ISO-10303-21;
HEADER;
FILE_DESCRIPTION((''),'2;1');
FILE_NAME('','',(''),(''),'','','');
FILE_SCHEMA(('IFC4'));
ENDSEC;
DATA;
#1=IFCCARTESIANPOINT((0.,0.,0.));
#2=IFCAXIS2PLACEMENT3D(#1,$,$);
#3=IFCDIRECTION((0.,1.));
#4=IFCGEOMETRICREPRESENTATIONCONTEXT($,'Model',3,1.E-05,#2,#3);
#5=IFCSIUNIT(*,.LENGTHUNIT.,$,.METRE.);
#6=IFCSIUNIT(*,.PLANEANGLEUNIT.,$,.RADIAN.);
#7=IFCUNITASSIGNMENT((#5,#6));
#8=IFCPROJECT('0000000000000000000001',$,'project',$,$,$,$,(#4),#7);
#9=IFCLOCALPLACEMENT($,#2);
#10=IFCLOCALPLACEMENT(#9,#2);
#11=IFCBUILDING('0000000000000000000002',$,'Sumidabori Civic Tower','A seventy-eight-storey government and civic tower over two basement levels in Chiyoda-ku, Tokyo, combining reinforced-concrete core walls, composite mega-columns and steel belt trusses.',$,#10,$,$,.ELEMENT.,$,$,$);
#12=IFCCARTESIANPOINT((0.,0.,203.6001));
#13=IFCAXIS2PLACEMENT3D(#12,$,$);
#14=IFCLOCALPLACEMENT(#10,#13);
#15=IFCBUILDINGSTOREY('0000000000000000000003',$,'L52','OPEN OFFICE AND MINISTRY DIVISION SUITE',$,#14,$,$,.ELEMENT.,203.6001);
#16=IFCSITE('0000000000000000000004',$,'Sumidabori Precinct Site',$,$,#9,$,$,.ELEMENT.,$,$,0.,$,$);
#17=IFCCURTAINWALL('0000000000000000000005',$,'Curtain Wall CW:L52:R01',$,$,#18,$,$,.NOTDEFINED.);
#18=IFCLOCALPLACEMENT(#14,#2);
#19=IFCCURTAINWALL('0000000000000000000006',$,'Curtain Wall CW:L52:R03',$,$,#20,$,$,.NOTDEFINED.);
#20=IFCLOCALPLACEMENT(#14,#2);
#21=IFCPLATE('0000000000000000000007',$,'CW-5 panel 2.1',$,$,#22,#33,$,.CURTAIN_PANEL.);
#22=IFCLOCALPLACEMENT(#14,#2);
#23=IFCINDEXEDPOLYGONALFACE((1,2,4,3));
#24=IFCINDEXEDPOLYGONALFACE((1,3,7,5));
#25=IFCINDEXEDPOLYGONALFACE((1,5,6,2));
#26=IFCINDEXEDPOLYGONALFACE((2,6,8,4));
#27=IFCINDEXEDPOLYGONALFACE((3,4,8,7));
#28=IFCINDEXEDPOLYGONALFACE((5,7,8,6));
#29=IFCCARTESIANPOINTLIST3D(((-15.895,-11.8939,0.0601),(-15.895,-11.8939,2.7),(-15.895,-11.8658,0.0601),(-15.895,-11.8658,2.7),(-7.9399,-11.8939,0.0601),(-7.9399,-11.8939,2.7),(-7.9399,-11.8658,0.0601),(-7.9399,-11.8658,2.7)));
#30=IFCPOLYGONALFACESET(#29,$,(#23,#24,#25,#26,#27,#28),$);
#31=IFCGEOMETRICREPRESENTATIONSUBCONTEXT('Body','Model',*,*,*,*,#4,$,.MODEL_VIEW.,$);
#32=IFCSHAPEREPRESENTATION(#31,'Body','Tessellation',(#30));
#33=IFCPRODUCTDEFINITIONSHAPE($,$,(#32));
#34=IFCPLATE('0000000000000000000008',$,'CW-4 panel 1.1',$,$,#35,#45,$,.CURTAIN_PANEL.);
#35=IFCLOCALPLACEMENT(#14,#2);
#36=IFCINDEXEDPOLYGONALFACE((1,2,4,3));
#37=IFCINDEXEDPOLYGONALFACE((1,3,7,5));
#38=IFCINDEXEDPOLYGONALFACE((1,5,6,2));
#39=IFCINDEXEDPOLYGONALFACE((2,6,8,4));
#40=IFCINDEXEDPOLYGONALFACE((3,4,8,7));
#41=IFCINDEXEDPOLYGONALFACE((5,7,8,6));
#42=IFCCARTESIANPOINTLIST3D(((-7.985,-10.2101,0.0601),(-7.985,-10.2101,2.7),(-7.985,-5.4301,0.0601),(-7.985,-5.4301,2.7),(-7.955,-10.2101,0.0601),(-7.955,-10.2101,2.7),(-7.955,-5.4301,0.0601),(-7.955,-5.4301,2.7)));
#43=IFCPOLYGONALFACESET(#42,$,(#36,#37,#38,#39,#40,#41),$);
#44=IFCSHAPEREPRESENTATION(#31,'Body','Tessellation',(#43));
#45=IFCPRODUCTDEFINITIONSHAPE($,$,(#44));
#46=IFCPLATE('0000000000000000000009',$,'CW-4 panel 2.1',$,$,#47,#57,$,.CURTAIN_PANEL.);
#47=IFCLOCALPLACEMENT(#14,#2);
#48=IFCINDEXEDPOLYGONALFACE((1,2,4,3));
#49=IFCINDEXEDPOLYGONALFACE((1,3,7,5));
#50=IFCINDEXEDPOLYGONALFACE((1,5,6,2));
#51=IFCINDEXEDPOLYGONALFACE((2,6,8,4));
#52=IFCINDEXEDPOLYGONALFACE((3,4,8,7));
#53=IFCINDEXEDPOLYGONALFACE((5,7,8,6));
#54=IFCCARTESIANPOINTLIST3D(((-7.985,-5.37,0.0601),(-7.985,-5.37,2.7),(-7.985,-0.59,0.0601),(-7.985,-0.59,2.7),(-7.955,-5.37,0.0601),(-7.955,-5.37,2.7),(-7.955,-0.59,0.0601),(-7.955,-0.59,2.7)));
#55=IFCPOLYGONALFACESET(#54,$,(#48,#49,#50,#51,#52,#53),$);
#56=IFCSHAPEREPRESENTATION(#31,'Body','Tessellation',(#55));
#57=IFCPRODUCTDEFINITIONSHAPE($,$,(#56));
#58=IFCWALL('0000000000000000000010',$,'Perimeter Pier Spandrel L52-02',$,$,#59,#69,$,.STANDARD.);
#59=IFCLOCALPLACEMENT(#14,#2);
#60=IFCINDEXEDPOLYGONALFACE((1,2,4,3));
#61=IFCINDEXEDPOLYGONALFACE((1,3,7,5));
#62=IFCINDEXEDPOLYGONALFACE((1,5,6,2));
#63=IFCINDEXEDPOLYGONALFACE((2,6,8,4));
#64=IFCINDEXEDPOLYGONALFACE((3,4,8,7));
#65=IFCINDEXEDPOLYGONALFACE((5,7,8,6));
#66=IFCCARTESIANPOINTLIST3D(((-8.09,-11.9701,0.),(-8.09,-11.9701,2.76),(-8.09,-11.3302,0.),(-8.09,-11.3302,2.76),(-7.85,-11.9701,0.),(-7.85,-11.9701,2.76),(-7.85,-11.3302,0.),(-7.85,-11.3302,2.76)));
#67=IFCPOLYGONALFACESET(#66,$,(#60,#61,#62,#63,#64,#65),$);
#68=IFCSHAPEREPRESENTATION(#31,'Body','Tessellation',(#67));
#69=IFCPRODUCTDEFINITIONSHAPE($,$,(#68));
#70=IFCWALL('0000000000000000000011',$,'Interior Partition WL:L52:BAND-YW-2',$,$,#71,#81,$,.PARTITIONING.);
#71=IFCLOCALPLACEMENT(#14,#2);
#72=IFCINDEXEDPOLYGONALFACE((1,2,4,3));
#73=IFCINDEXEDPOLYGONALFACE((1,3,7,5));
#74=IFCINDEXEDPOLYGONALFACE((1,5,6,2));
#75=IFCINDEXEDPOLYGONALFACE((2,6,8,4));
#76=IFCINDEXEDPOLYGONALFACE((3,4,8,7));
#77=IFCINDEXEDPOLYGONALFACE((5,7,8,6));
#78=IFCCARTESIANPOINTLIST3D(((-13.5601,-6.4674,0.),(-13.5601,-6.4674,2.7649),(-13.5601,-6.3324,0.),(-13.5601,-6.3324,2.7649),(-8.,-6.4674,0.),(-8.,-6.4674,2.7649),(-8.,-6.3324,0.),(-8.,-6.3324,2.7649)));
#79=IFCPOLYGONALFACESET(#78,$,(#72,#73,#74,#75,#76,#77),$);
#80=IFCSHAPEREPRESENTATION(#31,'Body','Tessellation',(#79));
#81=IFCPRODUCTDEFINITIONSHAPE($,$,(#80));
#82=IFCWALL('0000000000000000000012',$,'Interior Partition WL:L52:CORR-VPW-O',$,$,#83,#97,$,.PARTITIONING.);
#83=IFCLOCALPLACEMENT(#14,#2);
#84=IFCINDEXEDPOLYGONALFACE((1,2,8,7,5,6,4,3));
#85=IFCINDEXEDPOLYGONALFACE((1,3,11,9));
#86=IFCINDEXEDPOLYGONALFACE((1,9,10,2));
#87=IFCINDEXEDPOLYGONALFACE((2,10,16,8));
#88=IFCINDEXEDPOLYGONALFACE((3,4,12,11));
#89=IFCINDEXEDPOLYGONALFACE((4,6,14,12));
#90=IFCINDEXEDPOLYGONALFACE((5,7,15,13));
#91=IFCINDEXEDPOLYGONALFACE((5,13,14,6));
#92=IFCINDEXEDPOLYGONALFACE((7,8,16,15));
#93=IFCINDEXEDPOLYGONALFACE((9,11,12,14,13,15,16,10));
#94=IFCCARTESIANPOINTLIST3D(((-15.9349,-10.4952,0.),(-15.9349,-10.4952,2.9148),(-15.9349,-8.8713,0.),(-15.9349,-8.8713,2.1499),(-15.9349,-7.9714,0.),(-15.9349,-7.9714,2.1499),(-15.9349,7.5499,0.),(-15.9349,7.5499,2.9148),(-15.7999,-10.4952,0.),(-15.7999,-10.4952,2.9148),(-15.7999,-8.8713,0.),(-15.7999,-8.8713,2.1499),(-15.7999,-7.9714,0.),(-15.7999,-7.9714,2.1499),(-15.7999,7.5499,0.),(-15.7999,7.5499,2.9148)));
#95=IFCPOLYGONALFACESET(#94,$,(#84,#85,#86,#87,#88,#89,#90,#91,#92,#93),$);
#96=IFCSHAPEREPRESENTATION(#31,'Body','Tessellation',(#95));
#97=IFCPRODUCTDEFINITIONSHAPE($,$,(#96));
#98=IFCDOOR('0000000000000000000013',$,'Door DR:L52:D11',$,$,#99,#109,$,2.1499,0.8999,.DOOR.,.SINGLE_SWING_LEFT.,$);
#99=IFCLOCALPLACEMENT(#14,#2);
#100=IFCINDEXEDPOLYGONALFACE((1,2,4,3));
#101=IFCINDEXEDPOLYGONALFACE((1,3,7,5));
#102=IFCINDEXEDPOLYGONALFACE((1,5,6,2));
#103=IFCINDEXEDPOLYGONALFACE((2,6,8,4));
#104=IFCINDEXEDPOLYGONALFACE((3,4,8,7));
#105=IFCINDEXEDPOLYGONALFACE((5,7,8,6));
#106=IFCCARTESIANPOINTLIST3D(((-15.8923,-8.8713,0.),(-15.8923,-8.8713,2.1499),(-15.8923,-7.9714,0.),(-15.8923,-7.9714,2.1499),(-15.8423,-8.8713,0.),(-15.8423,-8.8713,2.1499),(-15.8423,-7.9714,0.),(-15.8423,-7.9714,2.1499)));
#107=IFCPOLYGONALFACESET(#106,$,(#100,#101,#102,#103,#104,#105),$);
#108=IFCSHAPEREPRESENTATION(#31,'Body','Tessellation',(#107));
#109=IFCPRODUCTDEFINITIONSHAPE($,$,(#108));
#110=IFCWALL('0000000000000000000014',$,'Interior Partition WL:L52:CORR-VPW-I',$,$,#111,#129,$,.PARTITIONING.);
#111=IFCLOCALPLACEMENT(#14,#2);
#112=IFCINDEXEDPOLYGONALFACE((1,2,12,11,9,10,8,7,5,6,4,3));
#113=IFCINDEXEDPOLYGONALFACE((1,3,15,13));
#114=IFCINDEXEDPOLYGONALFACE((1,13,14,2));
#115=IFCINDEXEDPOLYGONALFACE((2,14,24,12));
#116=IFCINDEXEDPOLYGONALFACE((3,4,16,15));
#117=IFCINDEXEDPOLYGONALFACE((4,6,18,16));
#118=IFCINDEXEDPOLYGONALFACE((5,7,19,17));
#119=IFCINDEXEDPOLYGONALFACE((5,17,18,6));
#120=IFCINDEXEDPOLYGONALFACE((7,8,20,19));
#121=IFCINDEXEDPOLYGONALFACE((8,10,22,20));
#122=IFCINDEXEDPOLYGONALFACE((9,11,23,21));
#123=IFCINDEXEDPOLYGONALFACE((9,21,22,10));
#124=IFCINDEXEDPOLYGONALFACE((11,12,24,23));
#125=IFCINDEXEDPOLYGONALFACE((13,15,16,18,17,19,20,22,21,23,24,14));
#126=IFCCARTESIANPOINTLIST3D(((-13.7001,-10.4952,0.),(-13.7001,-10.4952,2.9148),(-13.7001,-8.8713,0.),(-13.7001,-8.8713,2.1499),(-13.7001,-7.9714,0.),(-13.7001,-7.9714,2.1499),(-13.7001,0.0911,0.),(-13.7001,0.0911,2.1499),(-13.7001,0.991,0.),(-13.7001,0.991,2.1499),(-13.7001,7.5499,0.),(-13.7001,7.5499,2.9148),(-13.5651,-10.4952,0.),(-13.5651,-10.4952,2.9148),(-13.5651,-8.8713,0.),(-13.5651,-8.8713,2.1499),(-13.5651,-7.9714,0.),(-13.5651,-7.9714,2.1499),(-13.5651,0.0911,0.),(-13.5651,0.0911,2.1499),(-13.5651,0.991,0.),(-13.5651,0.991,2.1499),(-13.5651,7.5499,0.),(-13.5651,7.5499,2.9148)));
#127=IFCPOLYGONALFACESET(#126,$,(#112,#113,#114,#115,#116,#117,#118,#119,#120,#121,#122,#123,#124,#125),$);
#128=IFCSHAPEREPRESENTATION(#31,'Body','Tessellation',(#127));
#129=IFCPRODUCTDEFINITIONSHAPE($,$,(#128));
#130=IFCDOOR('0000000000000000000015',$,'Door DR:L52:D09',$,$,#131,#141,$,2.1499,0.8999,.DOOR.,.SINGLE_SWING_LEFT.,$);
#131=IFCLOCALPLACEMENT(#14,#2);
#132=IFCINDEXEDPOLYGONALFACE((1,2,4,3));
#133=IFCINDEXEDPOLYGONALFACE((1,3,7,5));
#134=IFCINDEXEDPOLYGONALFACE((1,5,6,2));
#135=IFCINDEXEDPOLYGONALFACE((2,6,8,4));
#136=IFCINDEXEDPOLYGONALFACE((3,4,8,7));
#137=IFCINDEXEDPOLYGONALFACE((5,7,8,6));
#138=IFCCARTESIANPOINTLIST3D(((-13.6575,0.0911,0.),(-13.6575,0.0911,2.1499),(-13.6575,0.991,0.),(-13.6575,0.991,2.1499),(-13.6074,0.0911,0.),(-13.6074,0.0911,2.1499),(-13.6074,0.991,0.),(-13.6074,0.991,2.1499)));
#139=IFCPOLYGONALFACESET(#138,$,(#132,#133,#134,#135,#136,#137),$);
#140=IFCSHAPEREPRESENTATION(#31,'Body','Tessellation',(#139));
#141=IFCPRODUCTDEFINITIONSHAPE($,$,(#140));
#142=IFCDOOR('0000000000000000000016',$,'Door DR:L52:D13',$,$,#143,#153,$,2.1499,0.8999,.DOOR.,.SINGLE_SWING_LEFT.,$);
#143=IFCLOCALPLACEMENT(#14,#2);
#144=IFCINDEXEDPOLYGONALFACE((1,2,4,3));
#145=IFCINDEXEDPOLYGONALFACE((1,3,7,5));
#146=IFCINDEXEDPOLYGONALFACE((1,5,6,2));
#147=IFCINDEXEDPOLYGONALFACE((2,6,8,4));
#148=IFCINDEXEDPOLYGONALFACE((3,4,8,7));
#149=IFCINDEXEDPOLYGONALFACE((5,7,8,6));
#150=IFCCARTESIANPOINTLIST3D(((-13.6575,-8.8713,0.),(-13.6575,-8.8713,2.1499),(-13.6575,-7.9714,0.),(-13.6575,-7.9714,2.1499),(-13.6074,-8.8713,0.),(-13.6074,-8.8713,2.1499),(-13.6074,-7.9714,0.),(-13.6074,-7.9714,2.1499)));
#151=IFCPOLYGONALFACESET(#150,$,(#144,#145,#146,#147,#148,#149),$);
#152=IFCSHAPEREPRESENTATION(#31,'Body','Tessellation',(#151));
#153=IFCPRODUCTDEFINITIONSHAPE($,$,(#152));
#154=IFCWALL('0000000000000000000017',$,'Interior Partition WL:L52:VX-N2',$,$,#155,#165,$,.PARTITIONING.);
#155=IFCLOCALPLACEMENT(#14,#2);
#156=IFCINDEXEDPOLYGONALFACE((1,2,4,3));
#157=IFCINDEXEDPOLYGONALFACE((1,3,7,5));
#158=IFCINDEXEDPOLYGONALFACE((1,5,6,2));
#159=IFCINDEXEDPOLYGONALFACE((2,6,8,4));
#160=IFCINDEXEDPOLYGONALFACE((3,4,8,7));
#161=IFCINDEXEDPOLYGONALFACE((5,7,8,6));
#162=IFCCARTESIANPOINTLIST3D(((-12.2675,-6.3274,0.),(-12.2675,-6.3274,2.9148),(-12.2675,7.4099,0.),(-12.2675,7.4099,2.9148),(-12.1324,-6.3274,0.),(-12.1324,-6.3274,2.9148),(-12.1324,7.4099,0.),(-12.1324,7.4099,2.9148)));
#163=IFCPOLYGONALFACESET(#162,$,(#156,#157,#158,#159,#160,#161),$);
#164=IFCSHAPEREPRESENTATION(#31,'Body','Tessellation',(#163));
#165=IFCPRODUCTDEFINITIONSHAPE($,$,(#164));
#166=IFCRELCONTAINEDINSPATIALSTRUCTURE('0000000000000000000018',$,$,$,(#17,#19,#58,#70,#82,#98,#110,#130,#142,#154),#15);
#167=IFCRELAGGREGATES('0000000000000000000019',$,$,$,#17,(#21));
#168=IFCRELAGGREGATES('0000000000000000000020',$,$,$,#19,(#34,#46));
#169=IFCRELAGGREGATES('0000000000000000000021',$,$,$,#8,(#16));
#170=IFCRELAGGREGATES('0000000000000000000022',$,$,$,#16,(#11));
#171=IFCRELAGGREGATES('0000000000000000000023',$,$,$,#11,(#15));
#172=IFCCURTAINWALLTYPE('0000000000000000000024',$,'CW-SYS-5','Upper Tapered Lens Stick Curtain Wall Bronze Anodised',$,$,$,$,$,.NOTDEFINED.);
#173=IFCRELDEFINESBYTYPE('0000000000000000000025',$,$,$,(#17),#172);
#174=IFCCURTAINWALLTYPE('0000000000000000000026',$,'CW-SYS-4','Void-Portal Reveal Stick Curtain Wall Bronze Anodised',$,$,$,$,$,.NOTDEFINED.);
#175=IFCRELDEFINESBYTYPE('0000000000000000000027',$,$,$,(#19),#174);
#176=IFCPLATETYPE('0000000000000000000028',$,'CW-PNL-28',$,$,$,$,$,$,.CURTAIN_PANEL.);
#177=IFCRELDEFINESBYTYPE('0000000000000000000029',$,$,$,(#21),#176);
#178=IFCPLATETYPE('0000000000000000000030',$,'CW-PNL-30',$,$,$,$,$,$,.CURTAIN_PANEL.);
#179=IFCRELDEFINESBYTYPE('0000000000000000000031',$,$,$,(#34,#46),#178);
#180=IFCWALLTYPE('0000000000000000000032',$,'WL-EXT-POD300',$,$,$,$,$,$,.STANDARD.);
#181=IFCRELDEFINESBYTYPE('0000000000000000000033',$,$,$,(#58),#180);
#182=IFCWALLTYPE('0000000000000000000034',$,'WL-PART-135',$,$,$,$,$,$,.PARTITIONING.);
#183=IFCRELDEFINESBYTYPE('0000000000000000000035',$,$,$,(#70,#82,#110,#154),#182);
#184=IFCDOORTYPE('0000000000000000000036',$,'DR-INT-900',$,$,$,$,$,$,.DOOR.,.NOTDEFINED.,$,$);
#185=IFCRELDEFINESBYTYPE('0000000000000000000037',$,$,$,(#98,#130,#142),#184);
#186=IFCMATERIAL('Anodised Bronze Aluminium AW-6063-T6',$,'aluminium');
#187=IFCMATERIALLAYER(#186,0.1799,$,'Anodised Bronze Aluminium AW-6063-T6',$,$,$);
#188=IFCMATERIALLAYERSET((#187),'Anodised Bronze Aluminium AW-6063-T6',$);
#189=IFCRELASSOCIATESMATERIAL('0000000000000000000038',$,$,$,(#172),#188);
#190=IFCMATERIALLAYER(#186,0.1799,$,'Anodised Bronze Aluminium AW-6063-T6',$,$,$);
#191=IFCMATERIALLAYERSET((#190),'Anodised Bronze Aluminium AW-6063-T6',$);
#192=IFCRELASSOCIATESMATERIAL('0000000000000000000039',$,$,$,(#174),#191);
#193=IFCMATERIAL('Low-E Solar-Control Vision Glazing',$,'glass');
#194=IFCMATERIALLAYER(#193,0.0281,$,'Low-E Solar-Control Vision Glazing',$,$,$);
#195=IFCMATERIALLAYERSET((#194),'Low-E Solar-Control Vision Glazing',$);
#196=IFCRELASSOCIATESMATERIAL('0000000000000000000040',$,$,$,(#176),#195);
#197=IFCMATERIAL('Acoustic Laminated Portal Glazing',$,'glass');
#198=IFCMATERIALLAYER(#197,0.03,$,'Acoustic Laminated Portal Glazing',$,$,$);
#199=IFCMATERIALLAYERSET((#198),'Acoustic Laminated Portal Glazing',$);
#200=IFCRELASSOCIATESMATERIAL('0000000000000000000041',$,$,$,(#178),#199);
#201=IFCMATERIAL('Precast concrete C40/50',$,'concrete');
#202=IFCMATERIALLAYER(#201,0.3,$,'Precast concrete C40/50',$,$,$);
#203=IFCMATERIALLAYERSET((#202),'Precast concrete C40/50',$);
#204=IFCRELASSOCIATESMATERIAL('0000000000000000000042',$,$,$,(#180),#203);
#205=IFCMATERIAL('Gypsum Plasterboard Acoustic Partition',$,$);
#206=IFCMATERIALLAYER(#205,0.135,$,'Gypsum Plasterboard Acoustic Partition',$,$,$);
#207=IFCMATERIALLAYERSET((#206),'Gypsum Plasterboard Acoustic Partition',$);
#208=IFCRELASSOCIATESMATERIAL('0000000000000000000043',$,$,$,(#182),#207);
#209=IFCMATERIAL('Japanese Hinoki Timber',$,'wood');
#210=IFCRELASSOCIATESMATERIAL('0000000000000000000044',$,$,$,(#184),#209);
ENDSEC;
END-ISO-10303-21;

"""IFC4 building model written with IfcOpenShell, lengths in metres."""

from ifc_helpers import new_model, si_unit, direction, frame, frame_2d, origin, origin_2d, place, context, subcontext, project, spatial, rectangle, extrude, source, transform, mapped, material, layer, layer_set, type_object, element, fill, aggregate, save


model = new_model("IFC4")

# Units and contexts
model_context = context("Model", 3, precision=1e-05, world=origin(), true_north=direction((0.0, 1.0)))
body_context = subcontext(model_context, "Body", "Model", "MODEL_VIEW")
ifc_project = project(units=[si_unit("LENGTHUNIT", "METRE"), si_unit("PLANEANGLEUNIT", "RADIAN")], contexts=[model_context])

# Site, building, storey
site_placement = place(None, origin())
site = spatial("IfcSite", under=ifc_project, at=site_placement, Name="Sumidabori Precinct Site", CompositionType="ELEMENT", RefElevation=0.0)
building_placement = place(site_placement, origin())
building = spatial("IfcBuilding", under=site, at=building_placement, Name="Sumidabori Civic Tower", Description="A seventy-eight-storey government and civic tower over two basement levels in Chiyoda-ku, Tokyo, combining reinforced-concrete core walls, composite mega-columns and steel belt trusses.", CompositionType="ELEMENT")
storey_placement = place(building_placement, frame((0.0, 0.0, 203.6001)))
storey = spatial("IfcBuildingStorey", under=building, at=storey_placement, Name="L52", Description="OPEN OFFICE AND MINISTRY DIVISION SUITE", CompositionType="ELEMENT", Elevation=203.6001)

# Curtain wall
ifc_material_1 = material(Name="Anodised Bronze Aluminium AW-6063-T6", Category="aluminium")
ifc_layer_1 = layer(ifc_material_1, 0.1799, Name="Anodised Bronze Aluminium AW-6063-T6")
ifc_layer_set_1 = layer_set([ifc_layer_1], Name="Anodised Bronze Aluminium AW-6063-T6")
curtain_wall_type_1 = type_object("IfcCurtainWallType", Name="CW-SYS-5", Description="Upper Tapered Lens Stick Curtain Wall Bronze Anodised", PredefinedType="NOTDEFINED", material=ifc_layer_set_1)
curtain_wall_1_placement = place(storey_placement, origin())
curtain_wall_1 = element("IfcCurtainWall", 1, at=curtain_wall_1_placement, inside=storey, type_object=curtain_wall_type_1, Name="Curtain Wall CW:L52:R01", PredefinedType="NOTDEFINED")

# Curtain wall
ifc_layer_2 = layer(ifc_material_1, 0.1799, Name="Anodised Bronze Aluminium AW-6063-T6")
ifc_layer_set_2 = layer_set([ifc_layer_2], Name="Anodised Bronze Aluminium AW-6063-T6")
curtain_wall_type_2 = type_object("IfcCurtainWallType", Name="CW-SYS-4", Description="Void-Portal Reveal Stick Curtain Wall Bronze Anodised", PredefinedType="NOTDEFINED", material=ifc_layer_set_2)
curtain_wall_2_placement = place(storey_placement, origin())
curtain_wall_2 = element("IfcCurtainWall", 2, at=curtain_wall_2_placement, inside=storey, type_object=curtain_wall_type_2, Name="Curtain Wall CW:L52:R03", PredefinedType="NOTDEFINED")

# Plates
ifc_material_2 = material(Name="Low-E Solar-Control Vision Glazing", Category="glass")
ifc_layer_3 = layer(ifc_material_2, 0.0281, Name="Low-E Solar-Control Vision Glazing")
ifc_layer_set_3 = layer_set([ifc_layer_3], Name="Low-E Solar-Control Vision Glazing")
plate_type_1 = type_object("IfcPlateType", Name="CW-PNL-28", PredefinedType="CURTAIN_PANEL", material=ifc_layer_set_3)
shared_shape_1 = source(origin(), body_context, "Body", "SweptSolid", [
    extrude(rectangle(XDim=7.9551, YDim=0.0281, at=origin_2d()), origin(), (0.0, 0.0, 1.0), 2.6399),
])
plate_1_placement = place(storey_placement, frame((-11.9175, -11.8799, 0.0601), z_axis=(0.0, 0.0, 1.0), x_axis=(1.0, 0.0, 0.0)))
plate_1 = element("IfcPlate", 3, at=plate_1_placement, type_object=plate_type_1, Name="CW-5 panel 2.1", PredefinedType="CURTAIN_PANEL", context=body_context, shape_type="MappedRepresentation", body=[
    mapped(shared_shape_1, transform((0.0, 0.0, 0.0), x_axis=(1.0, 0.0, 0.0), y_axis=(0.0, 1.0, 0.0), z_axis=(0.0, 0.0, 1.0), scale=1.0)),
])
aggregate(curtain_wall_1, [plate_1])
ifc_material_3 = material(Name="Acoustic Laminated Portal Glazing", Category="glass")
ifc_layer_4 = layer(ifc_material_3, 0.03, Name="Acoustic Laminated Portal Glazing")
ifc_layer_set_4 = layer_set([ifc_layer_4], Name="Acoustic Laminated Portal Glazing")
plate_type_2 = type_object("IfcPlateType", Name="CW-PNL-30", PredefinedType="CURTAIN_PANEL", material=ifc_layer_set_4)
shared_shape_2 = source(origin(), body_context, "Body", "SweptSolid", [
    extrude(rectangle(XDim=4.78, YDim=0.03, at=origin_2d()), origin(), (0.0, 0.0, 1.0), 2.6399),
])
plate_2_placement = place(storey_placement, frame((-7.97, -7.8201, 0.0601), z_axis=(0.0, 0.0, 1.0), x_axis=(0.0, 1.0, 0.0)))
plate_2 = element("IfcPlate", 4, at=plate_2_placement, type_object=plate_type_2, Name="CW-4 panel 1.1", PredefinedType="CURTAIN_PANEL", context=body_context, shape_type="MappedRepresentation", body=[
    mapped(shared_shape_2, transform((0.0, 0.0, 0.0), x_axis=(1.0, 0.0, 0.0), y_axis=(0.0, 1.0, 0.0), z_axis=(0.0, 0.0, 1.0), scale=1.0)),
])
plate_3_placement = place(storey_placement, frame((-7.97, -2.98, 0.0601), z_axis=(0.0, 0.0, 1.0), x_axis=(0.0, 1.0, 0.0)))
plate_3 = element("IfcPlate", 5, at=plate_3_placement, type_object=plate_type_2, Name="CW-4 panel 2.1", PredefinedType="CURTAIN_PANEL", context=body_context, shape_type="MappedRepresentation", body=[
    mapped(shared_shape_2, transform((0.0, 0.0, 0.0), x_axis=(1.0, 0.0, 0.0), y_axis=(0.0, 1.0, 0.0), z_axis=(0.0, 0.0, 1.0), scale=1.0)),
])
aggregate(curtain_wall_2, [plate_2, plate_3])

# Walls
ifc_material_4 = material(Name="Precast concrete C40/50", Category="concrete")
ifc_layer_5 = layer(ifc_material_4, 0.3, Name="Precast concrete C40/50")
ifc_layer_set_5 = layer_set([ifc_layer_5], Name="Precast concrete C40/50")
wall_type_1 = type_object("IfcWallType", Name="WL-EXT-POD300", PredefinedType="STANDARD", material=ifc_layer_set_5)
shared_shape_3 = source(origin(), body_context, "Body", "SweptSolid", [
    extrude(rectangle(XDim=0.6399, YDim=0.24, at=frame_2d((0.3198, 0.0))), origin(), (0.0, 0.0, 1.0), 2.76),
])
wall_1_placement = place(storey_placement, frame((-7.97, -11.97, 0.0), z_axis=(0.0, 0.0, 1.0), x_axis=(0.0, 1.0, 0.0)))
element("IfcWall", 6, at=wall_1_placement, inside=storey, type_object=wall_type_1, Name="Perimeter Pier Spandrel L52-02", PredefinedType="STANDARD", context=body_context, shape_type="MappedRepresentation", body=[
    mapped(shared_shape_3, transform((0.0, 0.0, 0.0), x_axis=(1.0, 0.0, 0.0), y_axis=(0.0, 1.0, 0.0), z_axis=(0.0, 0.0, 1.0), scale=1.0)),
])
ifc_material_5 = material(Name="Gypsum Plasterboard Acoustic Partition")
ifc_layer_6 = layer(ifc_material_5, 0.135, Name="Gypsum Plasterboard Acoustic Partition")
ifc_layer_set_6 = layer_set([ifc_layer_6], Name="Gypsum Plasterboard Acoustic Partition")
wall_type_2 = type_object("IfcWallType", Name="WL-PART-135", PredefinedType="PARTITIONING", material=ifc_layer_set_6)
shared_shape_4 = source(origin(), body_context, "Body", "SweptSolid", [
    extrude(rectangle(XDim=5.5601, YDim=0.135, at=frame_2d((2.78, 0.0))), origin(), (0.0, 0.0, 1.0), 2.7649),
])
wall_2_placement = place(storey_placement, frame((-13.5601, -6.3999, 0.0), z_axis=(0.0, 0.0, 1.0), x_axis=(1.0, 0.0, 0.0)))
element("IfcWall", 7, at=wall_2_placement, inside=storey, type_object=wall_type_2, Name="Interior Partition WL:L52:BAND-YW-2", PredefinedType="PARTITIONING", context=body_context, shape_type="MappedRepresentation", body=[
    mapped(shared_shape_4, transform((0.0, 0.0, 0.0), x_axis=(1.0, 0.0, 0.0), y_axis=(0.0, 1.0, 0.0), z_axis=(0.0, 0.0, 1.0), scale=1.0)),
])

# Wall, opening, door
shared_shape_5 = source(origin(), body_context, "Body", "SweptSolid", [
    extrude(rectangle(XDim=18.0452, YDim=0.135, at=frame_2d((9.0225, 0.0))), origin(), (0.0, 0.0, 1.0), 2.9148),
])
wall_3_placement = place(storey_placement, frame((-15.8674, -10.4951, 0.0), z_axis=(0.0, 0.0, 1.0), x_axis=(0.0, 1.0, 0.0)))
wall_3 = element("IfcWall", 8, at=wall_3_placement, inside=storey, type_object=wall_type_2, Name="Interior Partition WL:L52:CORR-VPW-O", PredefinedType="PARTITIONING", context=body_context, shape_type="MappedRepresentation", body=[
    mapped(shared_shape_5, transform((0.0, 0.0, 0.0), x_axis=(1.0, 0.0, 0.0), y_axis=(0.0, 1.0, 0.0), z_axis=(0.0, 0.0, 1.0), scale=1.0)),
])
opening_1_placement = place(wall_3_placement, frame((1.6238, 0.0, 0.0)))
opening_1 = element("IfcOpeningElement", 9, at=opening_1_placement, cuts=wall_3, PredefinedType="OPENING", context=body_context, shape_type="SweptSolid", body=[
    extrude(rectangle(XDim=0.8999, YDim=2.1499, at=frame_2d((0.45, 1.075))), frame((0.0, 0.0796, 0.0), z_axis=(0.0, -1.0, 0.0), x_axis=(1.0, 0.0, 0.0)), (0.0, 0.0, 1.0), 0.1589),
])
ifc_material_6 = material(Name="Japanese Hinoki Timber", Category="wood")
door_type = type_object("IfcDoorType", Name="DR-INT-900", OperationType="NOTDEFINED", PredefinedType="DOOR", material=ifc_material_6)
shared_shape_6 = source(origin(), body_context, "Body", "SweptSolid", [
    extrude(rectangle(XDim=0.8999, YDim=2.1499, at=frame_2d((0.45, 1.075))), frame((0.0, 0.0249, 0.0), z_axis=(0.0, -1.0, 0.0), x_axis=(1.0, 0.0, 0.0)), (0.0, 0.0, 1.0), 0.05),
])
door_1_placement = place(opening_1_placement, origin())
door_1 = element("IfcDoor", 10, at=door_1_placement, inside=storey, type_object=door_type, Name="Door DR:L52:D11", OperationType="SINGLE_SWING_LEFT", OverallHeight=2.1499, OverallWidth=0.8999, PredefinedType="DOOR", context=body_context, shape_type="MappedRepresentation", body=[
    mapped(shared_shape_6, transform((0.0, 0.0, 0.0), x_axis=(1.0, 0.0, 0.0), y_axis=(0.0, 1.0, 0.0), z_axis=(0.0, 0.0, 1.0), scale=1.0)),
])
fill(opening_1, door_1)

# Wall, openings, doors
wall_4_placement = place(storey_placement, frame((-13.6326, -10.4951, 0.0), z_axis=(0.0, 0.0, 1.0), x_axis=(0.0, 1.0, 0.0)))
wall_4 = element("IfcWall", 11, at=wall_4_placement, inside=storey, type_object=wall_type_2, Name="Interior Partition WL:L52:CORR-VPW-I", PredefinedType="PARTITIONING", context=body_context, shape_type="MappedRepresentation", body=[
    mapped(shared_shape_5, transform((0.0, 0.0, 0.0), x_axis=(1.0, 0.0, 0.0), y_axis=(0.0, 1.0, 0.0), z_axis=(0.0, 0.0, 1.0), scale=1.0)),
])
opening_2_placement = place(wall_4_placement, frame((10.5862, 0.0, 0.0)))
opening_2 = element("IfcOpeningElement", 12, at=opening_2_placement, cuts=wall_4, PredefinedType="OPENING", context=body_context, shape_type="SweptSolid", body=[
    extrude(rectangle(XDim=0.8999, YDim=2.1499, at=frame_2d((0.45, 1.075))), frame((0.0, 0.0796, 0.0), z_axis=(0.0, -1.0, 0.0), x_axis=(1.0, 0.0, 0.0)), (0.0, 0.0, 1.0), 0.1589),
])
opening_3_placement = place(wall_4_placement, frame((1.6238, 0.0, 0.0)))
opening_3 = element("IfcOpeningElement", 13, at=opening_3_placement, cuts=wall_4, PredefinedType="OPENING", context=body_context, shape_type="SweptSolid", body=[
    extrude(rectangle(XDim=0.8999, YDim=2.1499, at=frame_2d((0.45, 1.075))), frame((0.0, 0.0796, 0.0), z_axis=(0.0, -1.0, 0.0), x_axis=(1.0, 0.0, 0.0)), (0.0, 0.0, 1.0), 0.1589),
])
door_2_placement = place(opening_2_placement, origin())
door_2 = element("IfcDoor", 14, at=door_2_placement, inside=storey, type_object=door_type, Name="Door DR:L52:D09", OperationType="SINGLE_SWING_LEFT", OverallHeight=2.1499, OverallWidth=0.8999, PredefinedType="DOOR", context=body_context, shape_type="MappedRepresentation", body=[
    mapped(shared_shape_6, transform((0.0, 0.0, 0.0), x_axis=(1.0, 0.0, 0.0), y_axis=(0.0, 1.0, 0.0), z_axis=(0.0, 0.0, 1.0), scale=1.0)),
])
fill(opening_2, door_2)
door_3_placement = place(opening_3_placement, origin())
door_3 = element("IfcDoor", 15, at=door_3_placement, inside=storey, type_object=door_type, Name="Door DR:L52:D13", OperationType="SINGLE_SWING_LEFT", OverallHeight=2.1499, OverallWidth=0.8999, PredefinedType="DOOR", context=body_context, shape_type="MappedRepresentation", body=[
    mapped(shared_shape_6, transform((0.0, 0.0, 0.0), x_axis=(1.0, 0.0, 0.0), y_axis=(0.0, 1.0, 0.0), z_axis=(0.0, 0.0, 1.0), scale=1.0)),
])
fill(opening_3, door_3)

# Wall
shared_shape_7 = source(origin(), body_context, "Body", "SweptSolid", [
    extrude(rectangle(XDim=13.7373, YDim=0.135, at=frame_2d((6.8687, 0.0))), origin(), (0.0, 0.0, 1.0), 2.9148),
])
wall_5_placement = place(storey_placement, frame((-12.2, -6.3274, 0.0), z_axis=(0.0, 0.0, 1.0), x_axis=(0.0, 1.0, 0.0)))
element("IfcWall", 16, at=wall_5_placement, inside=storey, type_object=wall_type_2, Name="Interior Partition WL:L52:VX-N2", PredefinedType="PARTITIONING", context=body_context, shape_type="MappedRepresentation", body=[
    mapped(shared_shape_7, transform((0.0, 0.0, 0.0), x_axis=(1.0, 0.0, 0.0), y_axis=(0.0, 1.0, 0.0), z_axis=(0.0, 0.0, 1.0), scale=1.0)),
])

save(model, "model.ifc")
